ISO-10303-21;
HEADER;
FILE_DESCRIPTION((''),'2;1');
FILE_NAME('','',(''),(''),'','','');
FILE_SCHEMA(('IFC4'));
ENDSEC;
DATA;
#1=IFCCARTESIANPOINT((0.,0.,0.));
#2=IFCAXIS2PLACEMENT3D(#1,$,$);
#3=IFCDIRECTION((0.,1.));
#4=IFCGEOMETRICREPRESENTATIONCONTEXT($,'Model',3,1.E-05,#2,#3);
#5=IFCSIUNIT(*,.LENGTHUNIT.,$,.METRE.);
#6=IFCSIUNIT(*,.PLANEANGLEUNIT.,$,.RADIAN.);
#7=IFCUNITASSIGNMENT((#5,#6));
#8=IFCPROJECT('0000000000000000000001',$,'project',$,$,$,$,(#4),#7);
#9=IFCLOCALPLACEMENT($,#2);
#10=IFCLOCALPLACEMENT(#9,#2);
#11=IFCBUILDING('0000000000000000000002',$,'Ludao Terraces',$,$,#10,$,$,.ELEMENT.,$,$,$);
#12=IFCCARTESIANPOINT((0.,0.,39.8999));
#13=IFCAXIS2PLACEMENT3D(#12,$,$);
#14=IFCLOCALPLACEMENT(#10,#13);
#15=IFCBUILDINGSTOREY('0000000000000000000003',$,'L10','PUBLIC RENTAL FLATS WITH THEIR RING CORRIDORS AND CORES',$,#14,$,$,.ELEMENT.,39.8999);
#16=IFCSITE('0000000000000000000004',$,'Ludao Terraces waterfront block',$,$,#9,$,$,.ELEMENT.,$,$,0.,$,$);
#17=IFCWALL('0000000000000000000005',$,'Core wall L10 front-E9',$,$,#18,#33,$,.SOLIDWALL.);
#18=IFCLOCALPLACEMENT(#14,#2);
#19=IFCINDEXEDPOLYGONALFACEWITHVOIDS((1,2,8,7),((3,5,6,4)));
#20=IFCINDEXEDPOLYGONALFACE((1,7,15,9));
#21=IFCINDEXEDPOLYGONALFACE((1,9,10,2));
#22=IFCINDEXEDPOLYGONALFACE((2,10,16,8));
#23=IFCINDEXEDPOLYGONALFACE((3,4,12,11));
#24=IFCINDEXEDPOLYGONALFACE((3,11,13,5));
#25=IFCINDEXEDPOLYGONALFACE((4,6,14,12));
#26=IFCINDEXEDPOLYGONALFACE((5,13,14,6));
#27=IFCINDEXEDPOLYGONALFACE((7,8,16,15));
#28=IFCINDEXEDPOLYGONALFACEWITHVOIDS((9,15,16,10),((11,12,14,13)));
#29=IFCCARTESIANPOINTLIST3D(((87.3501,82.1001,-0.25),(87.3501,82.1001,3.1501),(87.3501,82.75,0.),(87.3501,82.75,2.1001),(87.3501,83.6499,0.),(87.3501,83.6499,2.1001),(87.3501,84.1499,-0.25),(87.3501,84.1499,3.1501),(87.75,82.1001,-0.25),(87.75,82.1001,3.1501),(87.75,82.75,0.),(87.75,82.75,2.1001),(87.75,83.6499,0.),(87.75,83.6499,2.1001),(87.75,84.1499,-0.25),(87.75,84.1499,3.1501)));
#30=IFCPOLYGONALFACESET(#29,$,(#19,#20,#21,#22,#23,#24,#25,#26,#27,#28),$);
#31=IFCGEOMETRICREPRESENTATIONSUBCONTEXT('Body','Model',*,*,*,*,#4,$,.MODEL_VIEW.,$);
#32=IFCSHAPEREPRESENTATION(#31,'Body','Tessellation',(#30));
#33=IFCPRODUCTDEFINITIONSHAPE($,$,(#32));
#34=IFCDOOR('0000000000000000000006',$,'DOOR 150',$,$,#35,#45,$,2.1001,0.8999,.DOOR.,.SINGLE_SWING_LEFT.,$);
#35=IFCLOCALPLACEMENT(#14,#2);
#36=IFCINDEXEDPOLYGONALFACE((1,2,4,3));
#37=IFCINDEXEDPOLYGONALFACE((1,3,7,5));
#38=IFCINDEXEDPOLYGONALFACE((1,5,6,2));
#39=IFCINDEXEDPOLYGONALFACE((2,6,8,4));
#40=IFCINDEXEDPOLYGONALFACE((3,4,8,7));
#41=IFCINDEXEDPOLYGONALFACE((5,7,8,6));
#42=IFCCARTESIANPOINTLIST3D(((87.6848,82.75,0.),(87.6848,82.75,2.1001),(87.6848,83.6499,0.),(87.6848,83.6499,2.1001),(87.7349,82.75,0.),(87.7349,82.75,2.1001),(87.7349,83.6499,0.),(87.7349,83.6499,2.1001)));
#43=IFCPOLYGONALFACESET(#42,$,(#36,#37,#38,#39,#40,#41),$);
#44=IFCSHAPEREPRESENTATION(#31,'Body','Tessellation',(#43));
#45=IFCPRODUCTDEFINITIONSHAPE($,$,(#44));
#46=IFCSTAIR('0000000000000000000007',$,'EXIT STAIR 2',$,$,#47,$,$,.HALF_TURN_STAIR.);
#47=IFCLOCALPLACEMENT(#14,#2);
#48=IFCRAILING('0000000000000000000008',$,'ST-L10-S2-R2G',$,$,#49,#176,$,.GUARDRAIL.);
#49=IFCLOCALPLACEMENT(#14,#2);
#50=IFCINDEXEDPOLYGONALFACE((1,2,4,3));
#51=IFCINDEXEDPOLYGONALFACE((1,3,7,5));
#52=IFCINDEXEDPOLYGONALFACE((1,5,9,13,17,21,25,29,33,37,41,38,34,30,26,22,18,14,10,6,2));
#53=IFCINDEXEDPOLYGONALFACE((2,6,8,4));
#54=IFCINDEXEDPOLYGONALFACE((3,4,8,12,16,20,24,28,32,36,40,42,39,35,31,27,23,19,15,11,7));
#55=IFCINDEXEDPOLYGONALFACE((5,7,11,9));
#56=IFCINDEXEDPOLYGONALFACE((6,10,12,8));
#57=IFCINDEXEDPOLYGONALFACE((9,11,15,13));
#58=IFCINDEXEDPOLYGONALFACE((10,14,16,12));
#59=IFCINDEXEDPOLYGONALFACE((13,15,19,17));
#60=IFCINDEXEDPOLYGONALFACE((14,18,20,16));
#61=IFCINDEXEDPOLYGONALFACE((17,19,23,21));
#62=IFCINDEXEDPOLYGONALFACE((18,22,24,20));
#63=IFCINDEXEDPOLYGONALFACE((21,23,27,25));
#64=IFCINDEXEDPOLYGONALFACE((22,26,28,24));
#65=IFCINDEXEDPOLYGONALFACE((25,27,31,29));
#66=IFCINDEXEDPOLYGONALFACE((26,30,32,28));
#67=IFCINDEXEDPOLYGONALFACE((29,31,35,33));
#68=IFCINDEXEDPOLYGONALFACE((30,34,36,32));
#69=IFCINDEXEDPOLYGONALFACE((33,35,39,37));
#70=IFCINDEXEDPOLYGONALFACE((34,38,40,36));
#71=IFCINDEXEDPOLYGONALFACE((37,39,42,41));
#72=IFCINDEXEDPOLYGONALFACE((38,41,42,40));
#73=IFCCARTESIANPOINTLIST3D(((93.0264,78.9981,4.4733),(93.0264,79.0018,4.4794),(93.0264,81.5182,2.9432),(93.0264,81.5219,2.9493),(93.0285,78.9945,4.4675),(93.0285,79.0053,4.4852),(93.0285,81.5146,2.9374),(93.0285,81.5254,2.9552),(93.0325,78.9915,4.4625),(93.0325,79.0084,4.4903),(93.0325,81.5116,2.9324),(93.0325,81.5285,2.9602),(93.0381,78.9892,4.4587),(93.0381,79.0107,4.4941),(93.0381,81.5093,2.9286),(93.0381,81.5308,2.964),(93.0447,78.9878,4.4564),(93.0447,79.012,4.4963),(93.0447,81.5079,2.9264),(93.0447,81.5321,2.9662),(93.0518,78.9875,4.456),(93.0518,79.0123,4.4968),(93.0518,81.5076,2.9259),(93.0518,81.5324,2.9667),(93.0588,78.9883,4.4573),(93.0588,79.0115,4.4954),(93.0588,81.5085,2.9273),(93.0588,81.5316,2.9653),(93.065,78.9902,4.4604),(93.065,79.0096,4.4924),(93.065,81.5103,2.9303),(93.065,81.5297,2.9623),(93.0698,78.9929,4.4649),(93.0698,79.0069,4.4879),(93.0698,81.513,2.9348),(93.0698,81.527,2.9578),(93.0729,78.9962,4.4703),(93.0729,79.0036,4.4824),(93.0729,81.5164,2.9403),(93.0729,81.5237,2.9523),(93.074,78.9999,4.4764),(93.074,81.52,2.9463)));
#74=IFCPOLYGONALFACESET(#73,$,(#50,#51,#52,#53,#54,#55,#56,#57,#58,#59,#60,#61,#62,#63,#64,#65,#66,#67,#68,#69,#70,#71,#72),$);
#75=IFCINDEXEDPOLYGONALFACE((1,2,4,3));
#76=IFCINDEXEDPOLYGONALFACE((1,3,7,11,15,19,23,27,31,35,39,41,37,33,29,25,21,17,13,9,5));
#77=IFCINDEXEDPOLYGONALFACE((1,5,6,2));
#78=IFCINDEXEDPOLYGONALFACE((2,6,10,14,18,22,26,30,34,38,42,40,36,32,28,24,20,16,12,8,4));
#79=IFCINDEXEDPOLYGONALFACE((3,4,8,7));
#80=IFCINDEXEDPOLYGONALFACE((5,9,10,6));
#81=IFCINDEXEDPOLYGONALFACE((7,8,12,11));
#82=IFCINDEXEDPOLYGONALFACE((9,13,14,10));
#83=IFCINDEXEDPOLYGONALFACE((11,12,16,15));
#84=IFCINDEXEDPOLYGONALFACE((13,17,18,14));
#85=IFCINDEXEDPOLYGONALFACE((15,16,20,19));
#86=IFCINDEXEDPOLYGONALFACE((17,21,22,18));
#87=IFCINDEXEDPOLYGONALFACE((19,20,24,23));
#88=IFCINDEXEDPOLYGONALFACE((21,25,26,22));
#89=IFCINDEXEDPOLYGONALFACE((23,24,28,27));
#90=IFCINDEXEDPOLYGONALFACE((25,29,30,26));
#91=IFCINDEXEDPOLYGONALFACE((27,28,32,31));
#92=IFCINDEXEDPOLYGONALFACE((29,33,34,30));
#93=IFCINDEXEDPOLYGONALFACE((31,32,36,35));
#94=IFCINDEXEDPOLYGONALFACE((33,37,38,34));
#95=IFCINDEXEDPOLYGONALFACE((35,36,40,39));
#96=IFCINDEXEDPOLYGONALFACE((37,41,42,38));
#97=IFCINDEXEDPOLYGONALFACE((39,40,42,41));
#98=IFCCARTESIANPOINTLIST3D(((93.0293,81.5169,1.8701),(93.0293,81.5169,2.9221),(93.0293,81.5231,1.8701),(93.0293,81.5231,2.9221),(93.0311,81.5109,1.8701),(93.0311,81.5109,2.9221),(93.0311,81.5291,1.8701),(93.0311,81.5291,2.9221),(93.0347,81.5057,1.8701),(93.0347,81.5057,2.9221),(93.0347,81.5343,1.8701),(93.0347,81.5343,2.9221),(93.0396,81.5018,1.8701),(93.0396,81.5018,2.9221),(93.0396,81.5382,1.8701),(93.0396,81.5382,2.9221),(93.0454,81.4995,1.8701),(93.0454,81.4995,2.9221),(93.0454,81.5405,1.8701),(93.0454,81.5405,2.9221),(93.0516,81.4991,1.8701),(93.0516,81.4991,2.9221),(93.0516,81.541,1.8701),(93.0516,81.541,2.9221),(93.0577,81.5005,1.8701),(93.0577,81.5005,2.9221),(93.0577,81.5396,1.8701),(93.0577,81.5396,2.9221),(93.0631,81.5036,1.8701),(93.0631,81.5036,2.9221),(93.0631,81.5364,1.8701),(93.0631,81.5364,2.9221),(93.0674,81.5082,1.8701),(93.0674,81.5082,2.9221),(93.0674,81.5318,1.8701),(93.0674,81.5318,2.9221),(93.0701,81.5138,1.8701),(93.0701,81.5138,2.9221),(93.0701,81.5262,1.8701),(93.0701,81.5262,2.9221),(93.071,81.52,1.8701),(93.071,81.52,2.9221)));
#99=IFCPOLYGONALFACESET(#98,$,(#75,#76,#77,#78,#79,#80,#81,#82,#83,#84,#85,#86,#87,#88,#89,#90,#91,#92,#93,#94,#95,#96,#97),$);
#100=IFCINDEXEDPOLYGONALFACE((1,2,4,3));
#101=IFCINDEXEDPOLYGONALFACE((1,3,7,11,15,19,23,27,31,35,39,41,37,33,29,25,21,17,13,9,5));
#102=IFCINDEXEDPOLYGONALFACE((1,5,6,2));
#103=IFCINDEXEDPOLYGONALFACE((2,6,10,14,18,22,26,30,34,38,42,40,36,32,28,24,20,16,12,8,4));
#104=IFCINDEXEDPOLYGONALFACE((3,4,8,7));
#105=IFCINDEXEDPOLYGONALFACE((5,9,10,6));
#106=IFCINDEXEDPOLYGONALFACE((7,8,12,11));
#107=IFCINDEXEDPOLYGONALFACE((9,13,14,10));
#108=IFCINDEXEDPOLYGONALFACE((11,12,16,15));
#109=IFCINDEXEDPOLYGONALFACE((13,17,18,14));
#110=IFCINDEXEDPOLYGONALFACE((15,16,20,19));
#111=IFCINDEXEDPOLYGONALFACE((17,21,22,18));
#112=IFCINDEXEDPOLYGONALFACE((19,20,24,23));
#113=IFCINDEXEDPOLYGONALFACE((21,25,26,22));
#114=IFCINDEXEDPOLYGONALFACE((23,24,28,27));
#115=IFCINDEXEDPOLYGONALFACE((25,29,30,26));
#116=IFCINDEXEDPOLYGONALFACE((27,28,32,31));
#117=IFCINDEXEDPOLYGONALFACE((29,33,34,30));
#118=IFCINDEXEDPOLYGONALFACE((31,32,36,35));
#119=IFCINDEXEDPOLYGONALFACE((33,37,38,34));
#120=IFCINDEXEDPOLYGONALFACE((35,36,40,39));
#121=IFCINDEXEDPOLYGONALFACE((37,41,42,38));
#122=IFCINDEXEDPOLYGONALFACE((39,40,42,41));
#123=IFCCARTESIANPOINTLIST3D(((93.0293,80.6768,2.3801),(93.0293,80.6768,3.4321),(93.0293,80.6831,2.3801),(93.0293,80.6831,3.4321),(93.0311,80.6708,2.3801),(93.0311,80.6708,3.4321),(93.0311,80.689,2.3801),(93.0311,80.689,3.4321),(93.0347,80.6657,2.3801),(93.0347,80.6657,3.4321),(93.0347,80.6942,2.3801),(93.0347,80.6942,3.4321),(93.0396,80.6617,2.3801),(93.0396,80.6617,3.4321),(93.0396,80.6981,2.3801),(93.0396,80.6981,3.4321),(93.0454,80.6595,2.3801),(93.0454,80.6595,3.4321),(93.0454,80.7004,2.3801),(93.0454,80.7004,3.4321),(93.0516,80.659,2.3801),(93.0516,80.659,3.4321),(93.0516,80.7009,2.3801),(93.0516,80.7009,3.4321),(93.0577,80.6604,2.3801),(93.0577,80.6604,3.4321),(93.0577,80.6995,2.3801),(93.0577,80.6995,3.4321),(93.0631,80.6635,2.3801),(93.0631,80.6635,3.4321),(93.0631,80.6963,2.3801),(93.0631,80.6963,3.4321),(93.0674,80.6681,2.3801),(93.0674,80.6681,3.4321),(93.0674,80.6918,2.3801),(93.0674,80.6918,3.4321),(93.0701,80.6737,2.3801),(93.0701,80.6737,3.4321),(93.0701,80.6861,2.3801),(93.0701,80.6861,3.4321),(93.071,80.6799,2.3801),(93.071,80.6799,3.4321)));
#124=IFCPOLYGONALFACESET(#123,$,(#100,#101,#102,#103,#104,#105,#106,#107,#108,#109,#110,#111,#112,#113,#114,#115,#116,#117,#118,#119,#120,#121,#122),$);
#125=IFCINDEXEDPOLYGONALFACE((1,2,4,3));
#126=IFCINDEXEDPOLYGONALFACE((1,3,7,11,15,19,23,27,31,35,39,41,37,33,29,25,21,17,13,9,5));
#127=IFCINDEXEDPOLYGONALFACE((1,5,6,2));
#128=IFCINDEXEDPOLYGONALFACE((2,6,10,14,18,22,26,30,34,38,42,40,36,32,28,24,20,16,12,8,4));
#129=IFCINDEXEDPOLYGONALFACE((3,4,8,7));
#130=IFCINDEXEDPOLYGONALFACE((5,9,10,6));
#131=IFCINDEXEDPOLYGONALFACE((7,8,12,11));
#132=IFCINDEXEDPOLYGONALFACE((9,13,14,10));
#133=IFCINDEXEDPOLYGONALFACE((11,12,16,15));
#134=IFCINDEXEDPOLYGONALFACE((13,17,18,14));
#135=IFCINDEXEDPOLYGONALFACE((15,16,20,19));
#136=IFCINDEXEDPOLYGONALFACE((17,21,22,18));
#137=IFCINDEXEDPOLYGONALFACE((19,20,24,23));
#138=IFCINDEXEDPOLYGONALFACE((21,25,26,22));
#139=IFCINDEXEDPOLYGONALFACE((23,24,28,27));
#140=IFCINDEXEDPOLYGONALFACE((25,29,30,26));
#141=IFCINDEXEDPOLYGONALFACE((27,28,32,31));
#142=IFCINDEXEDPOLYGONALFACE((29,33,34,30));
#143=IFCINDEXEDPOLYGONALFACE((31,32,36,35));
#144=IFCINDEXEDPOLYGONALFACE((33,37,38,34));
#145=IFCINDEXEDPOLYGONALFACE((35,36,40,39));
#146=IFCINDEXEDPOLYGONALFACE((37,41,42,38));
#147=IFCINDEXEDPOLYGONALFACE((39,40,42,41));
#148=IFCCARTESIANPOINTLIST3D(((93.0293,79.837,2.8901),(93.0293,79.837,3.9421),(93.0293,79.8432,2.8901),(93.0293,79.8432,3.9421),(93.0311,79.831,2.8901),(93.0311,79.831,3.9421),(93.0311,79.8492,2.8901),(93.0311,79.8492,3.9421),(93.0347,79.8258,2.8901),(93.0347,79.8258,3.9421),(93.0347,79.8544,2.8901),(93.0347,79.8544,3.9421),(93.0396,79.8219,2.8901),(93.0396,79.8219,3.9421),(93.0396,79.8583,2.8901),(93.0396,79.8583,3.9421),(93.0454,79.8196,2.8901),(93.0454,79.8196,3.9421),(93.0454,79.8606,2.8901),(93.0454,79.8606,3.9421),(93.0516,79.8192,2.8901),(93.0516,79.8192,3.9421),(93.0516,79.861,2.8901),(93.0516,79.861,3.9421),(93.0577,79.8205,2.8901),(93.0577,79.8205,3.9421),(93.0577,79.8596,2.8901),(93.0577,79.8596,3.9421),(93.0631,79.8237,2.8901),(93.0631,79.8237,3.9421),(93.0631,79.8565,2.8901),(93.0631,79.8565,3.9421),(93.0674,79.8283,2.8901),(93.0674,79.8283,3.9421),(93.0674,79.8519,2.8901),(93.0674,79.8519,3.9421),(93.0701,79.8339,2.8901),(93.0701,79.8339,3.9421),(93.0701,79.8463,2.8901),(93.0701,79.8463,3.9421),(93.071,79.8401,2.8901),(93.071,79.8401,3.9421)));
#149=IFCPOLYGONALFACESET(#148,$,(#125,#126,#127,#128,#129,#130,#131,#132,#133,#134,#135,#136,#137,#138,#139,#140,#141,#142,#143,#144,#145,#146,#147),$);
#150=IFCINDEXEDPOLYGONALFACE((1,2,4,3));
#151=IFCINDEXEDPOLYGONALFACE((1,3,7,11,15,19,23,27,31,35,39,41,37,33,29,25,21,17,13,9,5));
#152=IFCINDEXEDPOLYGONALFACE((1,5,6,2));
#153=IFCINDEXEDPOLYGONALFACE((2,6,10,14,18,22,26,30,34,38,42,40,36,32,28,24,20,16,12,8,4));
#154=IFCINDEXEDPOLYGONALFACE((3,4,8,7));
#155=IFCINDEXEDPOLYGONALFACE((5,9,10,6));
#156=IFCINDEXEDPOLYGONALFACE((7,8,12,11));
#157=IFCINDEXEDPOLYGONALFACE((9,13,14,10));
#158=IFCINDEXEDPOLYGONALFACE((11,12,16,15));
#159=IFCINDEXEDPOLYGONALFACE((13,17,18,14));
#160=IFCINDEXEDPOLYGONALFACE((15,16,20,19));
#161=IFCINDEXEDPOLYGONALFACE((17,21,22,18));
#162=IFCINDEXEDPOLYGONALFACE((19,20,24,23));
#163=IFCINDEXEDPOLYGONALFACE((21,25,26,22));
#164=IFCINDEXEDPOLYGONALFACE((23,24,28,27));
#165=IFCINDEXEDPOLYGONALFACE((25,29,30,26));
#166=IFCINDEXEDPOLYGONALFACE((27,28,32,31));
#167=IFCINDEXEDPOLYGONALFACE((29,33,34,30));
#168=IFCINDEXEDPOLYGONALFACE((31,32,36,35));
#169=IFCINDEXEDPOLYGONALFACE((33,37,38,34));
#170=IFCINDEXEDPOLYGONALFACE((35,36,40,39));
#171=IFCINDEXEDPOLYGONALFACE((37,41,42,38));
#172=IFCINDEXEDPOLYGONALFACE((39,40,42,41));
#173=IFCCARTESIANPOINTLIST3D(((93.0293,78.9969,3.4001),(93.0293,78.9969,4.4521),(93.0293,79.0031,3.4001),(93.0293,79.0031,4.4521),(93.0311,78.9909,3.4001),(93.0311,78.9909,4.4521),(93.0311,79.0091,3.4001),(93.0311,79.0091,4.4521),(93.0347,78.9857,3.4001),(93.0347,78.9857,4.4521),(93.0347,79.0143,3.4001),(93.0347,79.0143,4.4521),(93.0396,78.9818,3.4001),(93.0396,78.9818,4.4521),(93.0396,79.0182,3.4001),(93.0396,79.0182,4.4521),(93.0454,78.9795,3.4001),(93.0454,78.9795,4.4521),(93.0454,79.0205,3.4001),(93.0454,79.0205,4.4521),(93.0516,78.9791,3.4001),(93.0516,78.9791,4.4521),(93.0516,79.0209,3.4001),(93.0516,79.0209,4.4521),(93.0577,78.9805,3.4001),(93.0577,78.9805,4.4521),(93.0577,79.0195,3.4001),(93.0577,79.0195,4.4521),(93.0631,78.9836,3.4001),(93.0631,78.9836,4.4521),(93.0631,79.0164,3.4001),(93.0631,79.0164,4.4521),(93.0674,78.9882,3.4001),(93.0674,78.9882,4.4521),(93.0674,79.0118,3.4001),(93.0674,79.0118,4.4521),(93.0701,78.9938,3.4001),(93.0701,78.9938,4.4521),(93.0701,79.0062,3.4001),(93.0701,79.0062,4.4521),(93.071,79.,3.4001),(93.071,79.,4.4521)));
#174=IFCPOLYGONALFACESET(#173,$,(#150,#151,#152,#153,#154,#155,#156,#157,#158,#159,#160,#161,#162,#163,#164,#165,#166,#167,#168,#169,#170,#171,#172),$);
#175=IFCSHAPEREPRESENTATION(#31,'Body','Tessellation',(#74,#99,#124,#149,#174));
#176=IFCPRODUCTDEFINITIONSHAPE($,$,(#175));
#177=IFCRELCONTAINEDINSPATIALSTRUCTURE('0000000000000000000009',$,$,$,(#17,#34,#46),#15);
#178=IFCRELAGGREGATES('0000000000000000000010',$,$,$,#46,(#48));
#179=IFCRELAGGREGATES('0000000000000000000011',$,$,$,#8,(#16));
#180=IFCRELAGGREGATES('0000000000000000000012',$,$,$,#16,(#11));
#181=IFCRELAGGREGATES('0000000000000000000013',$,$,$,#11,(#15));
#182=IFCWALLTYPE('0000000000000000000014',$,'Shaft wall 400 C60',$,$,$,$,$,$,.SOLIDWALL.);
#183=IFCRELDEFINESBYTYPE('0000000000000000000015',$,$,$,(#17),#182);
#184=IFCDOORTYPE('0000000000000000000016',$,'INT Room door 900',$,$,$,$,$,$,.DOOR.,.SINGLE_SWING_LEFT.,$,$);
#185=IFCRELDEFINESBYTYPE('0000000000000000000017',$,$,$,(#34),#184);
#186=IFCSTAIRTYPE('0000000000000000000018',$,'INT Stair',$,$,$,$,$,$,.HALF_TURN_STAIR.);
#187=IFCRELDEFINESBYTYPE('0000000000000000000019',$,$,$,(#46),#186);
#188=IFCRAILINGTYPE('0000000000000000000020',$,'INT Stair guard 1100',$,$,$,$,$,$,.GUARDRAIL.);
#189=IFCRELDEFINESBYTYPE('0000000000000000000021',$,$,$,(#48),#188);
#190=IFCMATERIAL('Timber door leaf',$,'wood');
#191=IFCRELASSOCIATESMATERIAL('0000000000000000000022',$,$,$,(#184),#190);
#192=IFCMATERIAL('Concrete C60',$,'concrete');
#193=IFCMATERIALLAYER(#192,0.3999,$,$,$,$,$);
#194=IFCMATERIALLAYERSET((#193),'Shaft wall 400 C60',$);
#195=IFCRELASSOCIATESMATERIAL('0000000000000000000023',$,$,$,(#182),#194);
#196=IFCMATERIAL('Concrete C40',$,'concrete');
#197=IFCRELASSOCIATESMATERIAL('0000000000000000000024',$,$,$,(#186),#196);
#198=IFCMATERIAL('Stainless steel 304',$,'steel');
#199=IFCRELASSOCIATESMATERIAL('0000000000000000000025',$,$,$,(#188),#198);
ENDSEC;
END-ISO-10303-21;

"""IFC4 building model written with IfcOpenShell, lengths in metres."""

from ifc_helpers import new_model, si_unit, direction, frame, frame_2d, origin, origin_2d, place, context, subcontext, project, spatial, rectangle, circle, extrude, material, layer, layer_set, type_object, element, fill, aggregate, save


model = new_model("IFC4")

# Units and contexts
model_context = context("Model", 3, precision=1e-05, world=origin(), true_north=direction((0.0, 1.0)))
body_context = subcontext(model_context, "Body", "Model", "MODEL_VIEW")
ifc_project = project(units=[si_unit("LENGTHUNIT", "METRE"), si_unit("PLANEANGLEUNIT", "RADIAN")], contexts=[model_context])

# Site, building, storey
site_placement = place(None, origin())
site = spatial("IfcSite", under=ifc_project, at=site_placement, Name="Ludao Terraces waterfront block", CompositionType="ELEMENT", RefElevation=0.0)
building_placement = place(site_placement, origin())
building = spatial("IfcBuilding", under=site, at=building_placement, Name="Ludao Terraces", CompositionType="ELEMENT")
storey_placement = place(building_placement, frame((0.0, 0.0, 39.8999)))
storey = spatial("IfcBuildingStorey", under=building, at=storey_placement, Name="L10", Description="PUBLIC RENTAL FLATS WITH THEIR RING CORRIDORS AND CORES", CompositionType="ELEMENT", Elevation=39.8999)

# Shared definitions
ifc_material_1 = material(Name="Concrete C40", Category="concrete")

# Shared definitions
ifc_material_2 = material(Name="Timber door leaf", Category="wood")
door_type_1 = type_object("IfcDoorType", Name="INT Room door 900", OperationType="SINGLE_SWING_LEFT", PredefinedType="DOOR", material=ifc_material_2)
ifc_material_3 = material(Name="Concrete C60", Category="concrete")
ifc_layer_1 = layer(ifc_material_3, 0.3999)
ifc_layer_set_1 = layer_set([ifc_layer_1], Name="Shaft wall 400 C60")
wall_type_1 = type_object("IfcWallType", Name="Shaft wall 400 C60", PredefinedType="SOLIDWALL", material=ifc_layer_set_1)

# Wall, opening, door
wall_1_placement = place(storey_placement, frame((87.55, 82.1001, -0.25), z_axis=(0.0, 0.0, 1.0), x_axis=(0.0, 1.0, 0.0)))
wall_1 = element("IfcWall", 1, at=wall_1_placement, inside=storey, type_object=wall_type_1, Name="Core wall L10 front-E9", PredefinedType="SOLIDWALL", context=body_context, shape_type="SweptSolid", body=[
    extrude(rectangle(XDim=2.0498, YDim=0.3999, at=frame_2d((1.0249, 0.0))), origin(), (0.0, 0.0, 1.0), 3.4001),
])
opening_1_placement = place(wall_1_placement, frame((0.6499, 0.0, 0.25)))
opening_1 = element("IfcOpeningElement", 2, at=opening_1_placement, cuts=wall_1, PredefinedType="OPENING", context=body_context, shape_type="SweptSolid", body=[
    extrude(rectangle(XDim=0.8999, YDim=2.1001, at=frame_2d((0.45, 1.05))), frame((0.0, 0.21, 0.0), z_axis=(0.0, -1.0, 0.0), x_axis=(1.0, 0.0, 0.0)), (0.0, 0.0, 1.0), 0.4199),
])
door_1_placement = place(opening_1_placement, origin())
door_1 = element("IfcDoor", 3, at=door_1_placement, inside=storey, type_object=door_type_1, Name="DOOR 150", OperationType="SINGLE_SWING_LEFT", OverallHeight=2.1001, OverallWidth=0.8999, PredefinedType="DOOR", context=body_context, shape_type="SweptSolid", body=[
    extrude(rectangle(XDim=0.8999, YDim=2.1001, at=frame_2d((0.45, 1.05))), frame((0.0, -0.1348, 0.0), z_axis=(0.0, -1.0, 0.0), x_axis=(1.0, 0.0, 0.0)), (0.0, 0.0, 1.0), 0.05),
])
fill(opening_1, door_1)

# Stair, railing
stair_type = type_object("IfcStairType", Name="INT Stair", PredefinedType="HALF_TURN_STAIR", material=ifc_material_1)
stair_placement = place(storey_placement, origin())
stair = element("IfcStair", 4, at=stair_placement, inside=storey, type_object=stair_type, Name="EXIT STAIR 2", PredefinedType="HALF_TURN_STAIR")
ifc_material_4 = material(Name="Stainless steel 304", Category="steel")
railing_type_1 = type_object("IfcRailingType", Name="INT Stair guard 1100", PredefinedType="GUARDRAIL", material=ifc_material_4)
railing_1_placement = place(storey_placement, frame((93.05, 81.52, 1.8701)))
railing_1 = element("IfcRailing", 5, at=railing_1_placement, type_object=railing_type_1, Name="ST-L10-S2-R2G", PredefinedType="GUARDRAIL", context=body_context, shape_type="SweptSolid", body=[
    extrude(circle(Radius=0.0239, at=origin_2d()), frame((0.0, 0.0, 1.0762), z_axis=(0.0, -0.854785, 0.518982), x_axis=(1.0, 0.0, 0.0)), (0.0, 0.0, 1.0), 2.9482),
    extrude(circle(Radius=0.021, at=origin_2d()), origin(), (0.0, 0.0, 1.0), 1.052),
    extrude(circle(Radius=0.021, at=origin_2d()), frame((0.0, -0.8401, 0.51)), (0.0, 0.0, 1.0), 1.052),
    extrude(circle(Radius=0.021, at=origin_2d()), frame((0.0, -1.6799, 1.02)), (0.0, 0.0, 1.0), 1.052),
    extrude(circle(Radius=0.021, at=origin_2d()), frame((0.0, -2.52, 1.53)), (0.0, 0.0, 1.0), 1.052),
])
aggregate(stair, [railing_1])

save(model, "model.ifc")
